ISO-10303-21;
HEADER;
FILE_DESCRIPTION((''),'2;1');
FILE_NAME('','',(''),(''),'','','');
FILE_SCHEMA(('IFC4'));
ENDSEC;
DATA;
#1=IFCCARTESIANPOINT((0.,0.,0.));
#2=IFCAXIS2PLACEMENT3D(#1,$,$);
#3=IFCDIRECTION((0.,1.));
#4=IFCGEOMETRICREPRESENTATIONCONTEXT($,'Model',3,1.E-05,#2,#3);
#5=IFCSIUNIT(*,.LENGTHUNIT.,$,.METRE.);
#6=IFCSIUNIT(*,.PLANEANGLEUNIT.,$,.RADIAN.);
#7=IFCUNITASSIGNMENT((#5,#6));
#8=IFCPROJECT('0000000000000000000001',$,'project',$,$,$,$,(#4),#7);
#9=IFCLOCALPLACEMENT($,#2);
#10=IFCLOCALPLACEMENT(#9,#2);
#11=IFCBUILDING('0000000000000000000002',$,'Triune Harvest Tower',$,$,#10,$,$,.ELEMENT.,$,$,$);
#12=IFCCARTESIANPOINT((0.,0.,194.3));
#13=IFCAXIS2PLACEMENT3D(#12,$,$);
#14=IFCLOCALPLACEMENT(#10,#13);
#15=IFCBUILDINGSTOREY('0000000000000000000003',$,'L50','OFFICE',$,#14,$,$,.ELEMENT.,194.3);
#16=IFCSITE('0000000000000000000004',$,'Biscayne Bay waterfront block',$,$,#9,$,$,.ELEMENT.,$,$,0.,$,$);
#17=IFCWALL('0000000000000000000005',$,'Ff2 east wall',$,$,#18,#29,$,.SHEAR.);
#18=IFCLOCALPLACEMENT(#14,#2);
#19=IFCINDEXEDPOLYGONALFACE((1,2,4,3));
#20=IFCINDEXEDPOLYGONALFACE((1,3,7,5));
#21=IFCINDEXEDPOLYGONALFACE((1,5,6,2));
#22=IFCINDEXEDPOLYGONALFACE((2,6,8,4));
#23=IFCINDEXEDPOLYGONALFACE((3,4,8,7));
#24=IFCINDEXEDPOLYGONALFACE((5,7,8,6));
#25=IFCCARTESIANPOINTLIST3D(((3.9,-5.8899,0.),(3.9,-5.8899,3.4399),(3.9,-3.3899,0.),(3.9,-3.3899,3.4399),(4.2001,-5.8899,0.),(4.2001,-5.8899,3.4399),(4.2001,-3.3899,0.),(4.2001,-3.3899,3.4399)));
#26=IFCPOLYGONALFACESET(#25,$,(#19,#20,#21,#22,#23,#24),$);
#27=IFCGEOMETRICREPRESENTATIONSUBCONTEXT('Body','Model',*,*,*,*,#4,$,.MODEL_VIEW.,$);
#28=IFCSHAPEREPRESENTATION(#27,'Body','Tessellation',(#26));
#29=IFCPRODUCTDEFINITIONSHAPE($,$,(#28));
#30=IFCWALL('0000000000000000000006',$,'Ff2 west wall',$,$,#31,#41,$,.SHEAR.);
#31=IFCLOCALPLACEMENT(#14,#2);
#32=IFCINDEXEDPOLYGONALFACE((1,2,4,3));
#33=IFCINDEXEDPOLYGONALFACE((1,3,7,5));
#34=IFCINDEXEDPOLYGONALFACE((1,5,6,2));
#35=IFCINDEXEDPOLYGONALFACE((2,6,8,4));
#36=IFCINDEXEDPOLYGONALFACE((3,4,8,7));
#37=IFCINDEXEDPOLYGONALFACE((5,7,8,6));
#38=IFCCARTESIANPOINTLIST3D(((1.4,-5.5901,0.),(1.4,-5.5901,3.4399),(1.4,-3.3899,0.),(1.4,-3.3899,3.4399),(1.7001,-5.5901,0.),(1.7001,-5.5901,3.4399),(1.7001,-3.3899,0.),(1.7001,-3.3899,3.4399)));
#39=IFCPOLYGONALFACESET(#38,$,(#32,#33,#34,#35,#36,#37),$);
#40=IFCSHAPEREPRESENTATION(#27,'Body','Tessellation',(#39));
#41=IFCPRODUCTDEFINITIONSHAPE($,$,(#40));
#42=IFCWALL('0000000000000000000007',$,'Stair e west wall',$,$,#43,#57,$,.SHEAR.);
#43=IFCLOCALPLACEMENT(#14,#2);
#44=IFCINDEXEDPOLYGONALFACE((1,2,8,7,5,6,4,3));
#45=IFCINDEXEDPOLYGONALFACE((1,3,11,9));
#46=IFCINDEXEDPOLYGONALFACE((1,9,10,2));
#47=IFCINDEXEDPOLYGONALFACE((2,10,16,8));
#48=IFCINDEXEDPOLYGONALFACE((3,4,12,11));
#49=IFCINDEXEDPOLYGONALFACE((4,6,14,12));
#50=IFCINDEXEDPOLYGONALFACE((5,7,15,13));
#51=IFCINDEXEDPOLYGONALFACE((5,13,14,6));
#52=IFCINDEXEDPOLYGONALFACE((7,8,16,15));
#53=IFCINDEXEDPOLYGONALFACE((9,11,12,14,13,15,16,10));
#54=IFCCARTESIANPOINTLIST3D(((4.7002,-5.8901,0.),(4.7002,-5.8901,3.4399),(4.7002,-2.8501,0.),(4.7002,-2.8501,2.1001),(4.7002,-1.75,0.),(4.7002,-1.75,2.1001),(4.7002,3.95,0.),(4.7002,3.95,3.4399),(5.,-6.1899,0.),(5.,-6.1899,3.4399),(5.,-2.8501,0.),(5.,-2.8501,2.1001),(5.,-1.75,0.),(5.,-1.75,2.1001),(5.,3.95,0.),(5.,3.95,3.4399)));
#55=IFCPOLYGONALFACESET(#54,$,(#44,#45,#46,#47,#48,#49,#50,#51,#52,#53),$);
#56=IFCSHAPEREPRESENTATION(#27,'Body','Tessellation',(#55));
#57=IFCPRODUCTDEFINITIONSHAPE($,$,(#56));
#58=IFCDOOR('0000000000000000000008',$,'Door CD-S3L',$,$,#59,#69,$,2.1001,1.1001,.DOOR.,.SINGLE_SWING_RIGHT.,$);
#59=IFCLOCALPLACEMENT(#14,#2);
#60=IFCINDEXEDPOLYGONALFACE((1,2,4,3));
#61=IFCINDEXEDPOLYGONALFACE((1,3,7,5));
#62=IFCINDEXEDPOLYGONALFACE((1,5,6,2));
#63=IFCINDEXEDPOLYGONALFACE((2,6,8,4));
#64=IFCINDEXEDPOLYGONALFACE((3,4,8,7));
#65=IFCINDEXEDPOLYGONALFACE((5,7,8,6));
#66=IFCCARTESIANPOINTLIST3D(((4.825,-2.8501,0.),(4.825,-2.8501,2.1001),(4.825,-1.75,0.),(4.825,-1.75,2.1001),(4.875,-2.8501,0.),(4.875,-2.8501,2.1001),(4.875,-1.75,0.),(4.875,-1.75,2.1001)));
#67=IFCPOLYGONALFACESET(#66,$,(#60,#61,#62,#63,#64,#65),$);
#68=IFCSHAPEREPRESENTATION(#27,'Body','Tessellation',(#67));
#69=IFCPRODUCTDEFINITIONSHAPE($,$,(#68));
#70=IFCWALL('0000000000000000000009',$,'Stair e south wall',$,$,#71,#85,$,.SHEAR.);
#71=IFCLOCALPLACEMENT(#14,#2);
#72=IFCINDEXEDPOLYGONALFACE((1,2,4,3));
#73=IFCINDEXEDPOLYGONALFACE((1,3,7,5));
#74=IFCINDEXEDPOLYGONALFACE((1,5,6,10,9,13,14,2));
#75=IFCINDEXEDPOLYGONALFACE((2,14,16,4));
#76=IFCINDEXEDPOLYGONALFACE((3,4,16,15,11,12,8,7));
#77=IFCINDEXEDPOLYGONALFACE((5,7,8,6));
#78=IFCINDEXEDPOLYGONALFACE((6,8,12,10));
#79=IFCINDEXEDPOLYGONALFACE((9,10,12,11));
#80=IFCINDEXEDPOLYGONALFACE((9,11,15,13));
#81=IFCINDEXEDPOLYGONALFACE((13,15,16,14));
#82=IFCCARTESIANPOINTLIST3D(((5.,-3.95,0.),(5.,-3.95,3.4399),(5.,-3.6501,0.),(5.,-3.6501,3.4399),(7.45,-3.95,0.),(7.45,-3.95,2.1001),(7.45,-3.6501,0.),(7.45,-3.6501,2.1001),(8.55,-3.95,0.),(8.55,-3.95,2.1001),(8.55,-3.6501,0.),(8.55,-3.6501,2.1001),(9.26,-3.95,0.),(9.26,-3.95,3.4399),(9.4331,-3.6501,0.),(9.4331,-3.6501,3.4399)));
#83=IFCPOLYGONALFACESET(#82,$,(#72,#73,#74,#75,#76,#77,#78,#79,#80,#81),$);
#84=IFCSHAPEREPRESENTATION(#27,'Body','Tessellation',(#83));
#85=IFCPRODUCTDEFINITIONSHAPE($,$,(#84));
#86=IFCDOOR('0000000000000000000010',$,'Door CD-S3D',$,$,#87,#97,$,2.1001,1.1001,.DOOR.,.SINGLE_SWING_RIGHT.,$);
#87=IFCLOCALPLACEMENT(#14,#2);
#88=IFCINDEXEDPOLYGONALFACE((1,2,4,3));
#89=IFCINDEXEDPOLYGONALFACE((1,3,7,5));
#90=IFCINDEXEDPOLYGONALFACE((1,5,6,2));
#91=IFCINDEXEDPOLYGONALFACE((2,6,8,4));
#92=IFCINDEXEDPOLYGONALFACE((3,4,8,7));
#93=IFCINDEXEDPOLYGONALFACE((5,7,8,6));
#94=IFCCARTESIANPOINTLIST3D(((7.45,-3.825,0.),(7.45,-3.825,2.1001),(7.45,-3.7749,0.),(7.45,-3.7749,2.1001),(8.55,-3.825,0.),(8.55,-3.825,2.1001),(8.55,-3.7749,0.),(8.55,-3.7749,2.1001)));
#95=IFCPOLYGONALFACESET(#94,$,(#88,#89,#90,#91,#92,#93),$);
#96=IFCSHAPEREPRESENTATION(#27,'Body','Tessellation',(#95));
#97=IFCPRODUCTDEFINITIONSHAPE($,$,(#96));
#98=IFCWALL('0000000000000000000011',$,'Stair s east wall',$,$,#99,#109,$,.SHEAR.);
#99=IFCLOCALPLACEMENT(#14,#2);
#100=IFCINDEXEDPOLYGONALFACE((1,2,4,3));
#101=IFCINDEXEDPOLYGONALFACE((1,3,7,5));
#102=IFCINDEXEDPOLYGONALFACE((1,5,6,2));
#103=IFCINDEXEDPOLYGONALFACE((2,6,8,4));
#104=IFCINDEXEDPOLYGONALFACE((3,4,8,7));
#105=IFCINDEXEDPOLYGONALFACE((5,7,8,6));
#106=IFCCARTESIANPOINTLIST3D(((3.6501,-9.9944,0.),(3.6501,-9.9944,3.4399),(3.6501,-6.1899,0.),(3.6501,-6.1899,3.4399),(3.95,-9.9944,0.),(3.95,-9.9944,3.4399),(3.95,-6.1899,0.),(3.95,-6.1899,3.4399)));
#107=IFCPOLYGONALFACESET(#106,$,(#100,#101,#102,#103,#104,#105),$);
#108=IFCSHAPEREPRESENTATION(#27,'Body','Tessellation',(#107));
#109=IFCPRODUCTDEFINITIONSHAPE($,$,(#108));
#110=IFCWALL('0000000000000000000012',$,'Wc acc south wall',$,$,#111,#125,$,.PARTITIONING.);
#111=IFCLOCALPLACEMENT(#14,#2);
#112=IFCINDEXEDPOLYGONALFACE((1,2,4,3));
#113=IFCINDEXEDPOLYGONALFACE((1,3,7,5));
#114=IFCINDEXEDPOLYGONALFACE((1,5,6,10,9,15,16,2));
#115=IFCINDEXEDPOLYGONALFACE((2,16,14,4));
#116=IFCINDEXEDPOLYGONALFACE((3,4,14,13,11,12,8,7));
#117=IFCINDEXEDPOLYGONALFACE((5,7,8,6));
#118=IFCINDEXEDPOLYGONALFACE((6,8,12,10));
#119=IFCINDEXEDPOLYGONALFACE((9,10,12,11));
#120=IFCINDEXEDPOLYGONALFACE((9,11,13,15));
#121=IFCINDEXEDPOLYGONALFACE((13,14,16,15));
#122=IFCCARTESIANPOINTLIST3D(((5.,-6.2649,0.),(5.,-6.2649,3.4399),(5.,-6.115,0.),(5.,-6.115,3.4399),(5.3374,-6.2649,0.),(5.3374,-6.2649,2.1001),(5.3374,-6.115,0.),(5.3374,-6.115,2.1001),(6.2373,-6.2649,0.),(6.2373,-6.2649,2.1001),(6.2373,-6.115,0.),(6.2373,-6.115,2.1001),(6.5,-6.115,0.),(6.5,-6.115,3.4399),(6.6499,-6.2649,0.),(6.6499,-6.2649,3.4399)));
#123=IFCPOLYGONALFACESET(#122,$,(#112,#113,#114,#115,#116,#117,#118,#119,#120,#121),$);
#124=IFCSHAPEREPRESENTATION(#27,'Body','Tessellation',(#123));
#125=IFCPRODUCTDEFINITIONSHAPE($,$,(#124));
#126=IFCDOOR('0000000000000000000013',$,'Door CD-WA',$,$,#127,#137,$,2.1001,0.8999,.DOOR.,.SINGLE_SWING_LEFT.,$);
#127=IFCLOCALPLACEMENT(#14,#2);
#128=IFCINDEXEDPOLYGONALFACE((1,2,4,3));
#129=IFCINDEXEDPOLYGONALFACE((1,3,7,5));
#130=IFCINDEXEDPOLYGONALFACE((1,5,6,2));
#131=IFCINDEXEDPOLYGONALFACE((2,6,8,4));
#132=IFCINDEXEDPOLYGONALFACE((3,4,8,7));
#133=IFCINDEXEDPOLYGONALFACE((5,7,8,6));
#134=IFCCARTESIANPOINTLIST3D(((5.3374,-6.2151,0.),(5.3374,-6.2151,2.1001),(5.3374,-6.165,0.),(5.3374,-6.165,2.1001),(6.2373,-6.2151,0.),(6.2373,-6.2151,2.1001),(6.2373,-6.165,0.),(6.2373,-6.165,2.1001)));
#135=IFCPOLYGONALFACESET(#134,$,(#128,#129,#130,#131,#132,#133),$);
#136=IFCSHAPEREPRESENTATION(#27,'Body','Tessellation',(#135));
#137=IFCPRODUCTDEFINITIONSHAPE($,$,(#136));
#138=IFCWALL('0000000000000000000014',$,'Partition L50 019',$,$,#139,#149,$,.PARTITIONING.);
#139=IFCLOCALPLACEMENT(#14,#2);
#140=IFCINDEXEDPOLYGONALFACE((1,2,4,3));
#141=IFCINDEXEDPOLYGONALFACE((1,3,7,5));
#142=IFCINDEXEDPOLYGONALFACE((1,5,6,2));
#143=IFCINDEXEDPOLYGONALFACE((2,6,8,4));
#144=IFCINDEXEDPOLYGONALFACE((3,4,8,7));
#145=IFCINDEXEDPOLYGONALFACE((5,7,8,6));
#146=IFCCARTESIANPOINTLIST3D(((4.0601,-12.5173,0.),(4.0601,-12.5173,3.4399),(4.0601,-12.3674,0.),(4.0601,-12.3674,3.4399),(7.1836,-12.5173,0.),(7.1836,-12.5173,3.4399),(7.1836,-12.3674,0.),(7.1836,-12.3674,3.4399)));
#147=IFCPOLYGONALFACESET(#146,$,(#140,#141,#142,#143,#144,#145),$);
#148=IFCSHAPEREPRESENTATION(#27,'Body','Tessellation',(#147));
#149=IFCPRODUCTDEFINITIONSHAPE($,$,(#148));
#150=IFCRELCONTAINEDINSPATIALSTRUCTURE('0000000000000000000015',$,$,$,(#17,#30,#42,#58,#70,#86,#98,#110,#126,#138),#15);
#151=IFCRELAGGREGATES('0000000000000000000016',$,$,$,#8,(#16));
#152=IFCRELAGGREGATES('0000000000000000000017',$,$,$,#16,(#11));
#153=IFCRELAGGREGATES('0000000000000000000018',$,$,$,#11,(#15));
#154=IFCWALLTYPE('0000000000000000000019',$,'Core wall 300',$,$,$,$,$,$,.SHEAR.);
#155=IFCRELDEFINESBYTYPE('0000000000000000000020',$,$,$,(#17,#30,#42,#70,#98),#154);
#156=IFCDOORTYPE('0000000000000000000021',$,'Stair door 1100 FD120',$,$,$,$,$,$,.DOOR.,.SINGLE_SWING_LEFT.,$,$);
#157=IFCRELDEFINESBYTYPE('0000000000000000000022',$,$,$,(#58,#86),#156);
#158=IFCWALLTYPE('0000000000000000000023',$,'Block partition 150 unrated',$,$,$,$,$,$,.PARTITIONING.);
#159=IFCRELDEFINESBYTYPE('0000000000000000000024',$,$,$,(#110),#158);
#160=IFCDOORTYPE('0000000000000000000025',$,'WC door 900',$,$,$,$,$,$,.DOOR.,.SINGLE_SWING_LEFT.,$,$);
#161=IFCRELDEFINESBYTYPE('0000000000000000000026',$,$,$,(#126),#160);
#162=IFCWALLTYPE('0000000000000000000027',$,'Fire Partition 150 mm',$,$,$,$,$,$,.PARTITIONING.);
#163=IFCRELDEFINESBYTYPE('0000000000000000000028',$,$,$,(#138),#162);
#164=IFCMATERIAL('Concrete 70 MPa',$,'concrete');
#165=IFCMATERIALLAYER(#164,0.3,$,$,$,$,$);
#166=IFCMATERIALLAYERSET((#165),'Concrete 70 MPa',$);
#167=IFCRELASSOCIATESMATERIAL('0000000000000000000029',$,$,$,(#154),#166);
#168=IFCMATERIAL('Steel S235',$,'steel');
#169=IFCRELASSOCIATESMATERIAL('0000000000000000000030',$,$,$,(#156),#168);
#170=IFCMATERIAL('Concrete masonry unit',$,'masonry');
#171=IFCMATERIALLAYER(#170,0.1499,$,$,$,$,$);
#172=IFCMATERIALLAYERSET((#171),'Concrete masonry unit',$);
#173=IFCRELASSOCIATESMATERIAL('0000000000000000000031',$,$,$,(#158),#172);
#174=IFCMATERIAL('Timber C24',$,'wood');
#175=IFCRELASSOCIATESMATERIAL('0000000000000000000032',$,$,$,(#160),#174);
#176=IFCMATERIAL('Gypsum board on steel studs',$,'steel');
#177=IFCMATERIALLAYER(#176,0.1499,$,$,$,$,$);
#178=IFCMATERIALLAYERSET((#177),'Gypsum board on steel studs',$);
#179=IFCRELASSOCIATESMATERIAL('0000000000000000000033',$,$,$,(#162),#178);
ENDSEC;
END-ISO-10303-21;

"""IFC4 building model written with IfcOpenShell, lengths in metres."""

from ifc_helpers import new_model, si_unit, direction, frame, frame_2d, origin, place, context, subcontext, project, spatial, polyline, rectangle, outline, extrude, source, transform, mapped, material, layer, layer_set, type_object, element, fill, save


model = new_model("IFC4")

# Units and contexts
model_context = context("Model", 3, precision=1e-05, world=origin(), true_north=direction((0.0, 1.0)))
body_context = subcontext(model_context, "Body", "Model", "MODEL_VIEW")
ifc_project = project(units=[si_unit("LENGTHUNIT", "METRE"), si_unit("PLANEANGLEUNIT", "RADIAN")], contexts=[model_context])

# Site, building, storey
site_placement = place(None, origin())
site = spatial("IfcSite", under=ifc_project, at=site_placement, Name="Biscayne Bay waterfront block", CompositionType="ELEMENT", RefElevation=0.0)
building_placement = place(site_placement, origin())
building = spatial("IfcBuilding", under=site, at=building_placement, Name="Triune Harvest Tower", CompositionType="ELEMENT")
storey_placement = place(building_placement, frame((0.0, 0.0, 194.3)))
storey = spatial("IfcBuildingStorey", under=building, at=storey_placement, Name="L50", Description="OFFICE", CompositionType="ELEMENT", Elevation=194.3)

# Walls
ifc_material_1 = material(Name="Concrete 70 MPa", Category="concrete")
ifc_layer_1 = layer(ifc_material_1, 0.3)
ifc_layer_set_1 = layer_set([ifc_layer_1], Name="Concrete 70 MPa")
wall_type_1 = type_object("IfcWallType", Name="Core wall 300", PredefinedType="SHEAR", material=ifc_layer_set_1)
shared_shape_1 = source(origin(), body_context, "Body", "SweptSolid", [
    extrude(rectangle(XDim=2.5, YDim=0.3, at=frame_2d((1.25, 0.0))), origin(), (0.0, 0.0, 1.0), 3.4399),
])
wall_1_placement = place(storey_placement, frame((4.05, -5.8899, 0.0), z_axis=(0.0, 0.0, 1.0), x_axis=(0.0, 1.0, 0.0)))
element("IfcWall", 1, at=wall_1_placement, inside=storey, type_object=wall_type_1, Name="Ff2 east wall", PredefinedType="SHEAR", context=body_context, shape_type="MappedRepresentation", body=[
    mapped(shared_shape_1, transform((0.0, 0.0, 0.0), scale=1.0)),
])
shared_shape_2 = source(origin(), body_context, "Body", "SweptSolid", [
    extrude(rectangle(XDim=2.2002, YDim=0.3, at=frame_2d((1.1001, 0.0))), origin(), (0.0, 0.0, 1.0), 3.4399),
])
wall_2_placement = place(storey_placement, frame((1.55, -5.5901, 0.0), z_axis=(0.0, 0.0, 1.0), x_axis=(0.0, 1.0, 0.0)))
element("IfcWall", 2, at=wall_2_placement, inside=storey, type_object=wall_type_1, Name="Ff2 west wall", PredefinedType="SHEAR", context=body_context, shape_type="MappedRepresentation", body=[
    mapped(shared_shape_2, transform((0.0, 0.0, 0.0), scale=1.0)),
])

# Walls, openings, doors
shared_shape_3 = source(origin(), body_context, "Body", "SweptSolid", [
    extrude(outline(polyline([(-0.1499, -0.1499), (9.99, -0.1499), (9.99, 0.1499), (0.1499, 0.1499), (-0.1499, -0.1499)])), origin(), (0.0, 0.0, 1.0), 3.4399),
])
wall_3_placement = place(storey_placement, frame((4.8501, -6.04, 0.0), z_axis=(0.0, 0.0, 1.0), x_axis=(0.0, 1.0, 0.0)))
wall_3 = element("IfcWall", 3, at=wall_3_placement, inside=storey, type_object=wall_type_1, Name="Stair e west wall", PredefinedType="SHEAR", context=body_context, shape_type="MappedRepresentation", body=[
    mapped(shared_shape_3, transform((0.0, 0.0, 0.0), scale=1.0)),
])
opening_1_placement = place(wall_3_placement, frame((3.1899, 0.0, 0.0)))
opening_1 = element("IfcOpeningElement", 4, at=opening_1_placement, cuts=wall_3, PredefinedType="OPENING", context=body_context, shape_type="SweptSolid", body=[
    extrude(rectangle(XDim=1.1001, YDim=2.1001, at=frame_2d((0.55, 1.05))), frame((0.0, 0.1602, 0.0), z_axis=(0.0, -1.0, 0.0), x_axis=(1.0, 0.0, 0.0)), (0.0, 0.0, 1.0), 0.3201),
])
ifc_material_2 = material(Name="Steel S235", Category="steel")
door_type_1 = type_object("IfcDoorType", Name="Stair door 1100 FD120", OperationType="SINGLE_SWING_LEFT", PredefinedType="DOOR", material=ifc_material_2)
door_1_placement = place(opening_1_placement, frame((1.1001, 0.0, 0.0), z_axis=(0.0, 0.0, 1.0), x_axis=(-1.0, 0.0, 0.0)))
door_1 = element("IfcDoor", 5, at=door_1_placement, inside=storey, type_object=door_type_1, Name="Door CD-S3L", OperationType="SINGLE_SWING_RIGHT", OverallHeight=2.1001, OverallWidth=1.1001, PredefinedType="DOOR", context=body_context, shape_type="SweptSolid", body=[
    extrude(rectangle(XDim=1.1001, YDim=2.1001, at=frame_2d((0.55, 1.05))), frame((0.0, 0.0249, 0.0), z_axis=(0.0, -1.0, 0.0), x_axis=(1.0, 0.0, 0.0)), (0.0, 0.0, 1.0), 0.05),
])
fill(opening_1, door_1)
shared_shape_4 = source(origin(), body_context, "Body", "SweptSolid", [
    extrude(outline(polyline([(0.0, -0.1499), (0.0, 0.1499), (4.4331, 0.1499), (4.26, -0.1499), (0.0, -0.1499)])), origin(), (0.0, 0.0, 1.0), 3.4399),
])
wall_4_placement = place(storey_placement, frame((5.0, -3.8, 0.0), z_axis=(0.0, 0.0, 1.0), x_axis=(1.0, 0.0, 0.0)))
wall_4 = element("IfcWall", 6, at=wall_4_placement, inside=storey, type_object=wall_type_1, Name="Stair e south wall", PredefinedType="SHEAR", context=body_context, shape_type="MappedRepresentation", body=[
    mapped(shared_shape_4, transform((0.0, 0.0, 0.0), scale=1.0)),
])
opening_2_placement = place(wall_4_placement, frame((2.45, 0.0, 0.0)))
opening_2 = element("IfcOpeningElement", 7, at=opening_2_placement, cuts=wall_4, PredefinedType="OPENING", context=body_context, shape_type="SweptSolid", body=[
    extrude(rectangle(XDim=1.1001, YDim=2.1001, at=frame_2d((0.55, 1.05))), frame((0.0, 0.1602, 0.0), z_axis=(0.0, -1.0, 0.0), x_axis=(1.0, 0.0, 0.0)), (0.0, 0.0, 1.0), 0.3201),
])
door_2_placement = place(opening_2_placement, frame((1.1001, 0.0, 0.0), z_axis=(0.0, 0.0, 1.0), x_axis=(-1.0, 0.0, 0.0)))
door_2 = element("IfcDoor", 8, at=door_2_placement, inside=storey, type_object=door_type_1, Name="Door CD-S3D", OperationType="SINGLE_SWING_RIGHT", OverallHeight=2.1001, OverallWidth=1.1001, PredefinedType="DOOR", context=body_context, shape_type="SweptSolid", body=[
    extrude(rectangle(XDim=1.1001, YDim=2.1001, at=frame_2d((0.55, 1.05))), frame((0.0, 0.0249, 0.0), z_axis=(0.0, -1.0, 0.0), x_axis=(1.0, 0.0, 0.0)), (0.0, 0.0, 1.0), 0.05),
])
fill(opening_2, door_2)

# Wall
shared_shape_5 = source(origin(), body_context, "Body", "SweptSolid", [
    extrude(outline(polyline([(3.8, -0.1499), (-0.0044, -0.1499), (-0.0044, 0.1499), (3.8, 0.1499), (3.8, -0.1499)])), origin(), (0.0, 0.0, 1.0), 3.4399),
])
wall_5_placement = place(storey_placement, frame((3.8, -9.99, 0.0), z_axis=(0.0, 0.0, 1.0), x_axis=(0.0, 1.0, 0.0)))
element("IfcWall", 9, at=wall_5_placement, inside=storey, type_object=wall_type_1, Name="Stair s east wall", PredefinedType="SHEAR", context=body_context, shape_type="MappedRepresentation", body=[
    mapped(shared_shape_5, transform((0.0, 0.0, 0.0), scale=1.0)),
])

# Wall, opening, door
ifc_material_3 = material(Name="Concrete masonry unit", Category="masonry")
ifc_layer_2 = layer(ifc_material_3, 0.1499)
ifc_layer_set_2 = layer_set([ifc_layer_2], Name="Concrete masonry unit")
wall_type_2 = type_object("IfcWallType", Name="Block partition 150 unrated", PredefinedType="PARTITIONING", material=ifc_layer_set_2)
shared_shape_6 = source(origin(), body_context, "Body", "SweptSolid", [
    extrude(outline(polyline([(0.0, -0.075), (1.6499, -0.075), (1.5, 0.075), (0.0, 0.075), (0.0, -0.075)])), origin(), (0.0, 0.0, 1.0), 3.4399),
])
wall_6_placement = place(storey_placement, frame((5.0, -6.1899, 0.0), z_axis=(0.0, 0.0, 1.0), x_axis=(1.0, 0.0, 0.0)))
wall_6 = element("IfcWall", 10, at=wall_6_placement, inside=storey, type_object=wall_type_2, Name="Wc acc south wall", PredefinedType="PARTITIONING", context=body_context, shape_type="MappedRepresentation", body=[
    mapped(shared_shape_6, transform((0.0, 0.0, 0.0), scale=1.0)),
])
opening_3_placement = place(wall_6_placement, frame((0.3374, 0.0, 0.0)))
opening_3 = element("IfcOpeningElement", 11, at=opening_3_placement, cuts=wall_6, PredefinedType="OPENING", context=body_context, shape_type="SweptSolid", body=[
    extrude(rectangle(XDim=0.8999, YDim=2.1001, at=frame_2d((0.45, 1.05))), frame((0.0, 0.085, 0.0), z_axis=(0.0, -1.0, 0.0), x_axis=(1.0, 0.0, 0.0)), (0.0, 0.0, 1.0), 0.1699),
])
ifc_material_4 = material(Name="Timber C24", Category="wood")
door_type_2 = type_object("IfcDoorType", Name="WC door 900", OperationType="SINGLE_SWING_LEFT", PredefinedType="DOOR", material=ifc_material_4)
door_3_placement = place(opening_3_placement, origin())
door_3 = element("IfcDoor", 12, at=door_3_placement, inside=storey, type_object=door_type_2, Name="Door CD-WA", OperationType="SINGLE_SWING_LEFT", OverallHeight=2.1001, OverallWidth=0.8999, PredefinedType="DOOR", context=body_context, shape_type="SweptSolid", body=[
    extrude(rectangle(XDim=0.8999, YDim=2.1001, at=frame_2d((0.45, 1.05))), frame((0.0, 0.0249, 0.0), z_axis=(0.0, -1.0, 0.0), x_axis=(1.0, 0.0, 0.0)), (0.0, 0.0, 1.0), 0.05),
])
fill(opening_3, door_3)

# Wall
ifc_material_5 = material(Name="Gypsum board on steel studs", Category="steel")
ifc_layer_3 = layer(ifc_material_5, 0.1499)
ifc_layer_set_3 = layer_set([ifc_layer_3], Name="Gypsum board on steel studs")
wall_type_3 = type_object("IfcWallType", Name="Fire Partition 150 mm", PredefinedType="PARTITIONING", material=ifc_layer_set_3)
shared_shape_7 = source(origin(), body_context, "Body", "SweptSolid", [
    extrude(rectangle(XDim=3.1235, YDim=0.1499, at=frame_2d((1.5618, 0.0))), origin(), (0.0, 0.0, 1.0), 3.4399),
])
wall_7_placement = place(storey_placement, frame((4.0601, -12.4424, 0.0), z_axis=(0.0, 0.0, 1.0), x_axis=(1.0, 0.0, 0.0)))
element("IfcWall", 13, at=wall_7_placement, inside=storey, type_object=wall_type_3, Name="Partition L50 019", PredefinedType="PARTITIONING", context=body_context, shape_type="MappedRepresentation", body=[
    mapped(shared_shape_7, transform((0.0, 0.0, 0.0), scale=1.0)),
])

save(model, "model.ifc")
